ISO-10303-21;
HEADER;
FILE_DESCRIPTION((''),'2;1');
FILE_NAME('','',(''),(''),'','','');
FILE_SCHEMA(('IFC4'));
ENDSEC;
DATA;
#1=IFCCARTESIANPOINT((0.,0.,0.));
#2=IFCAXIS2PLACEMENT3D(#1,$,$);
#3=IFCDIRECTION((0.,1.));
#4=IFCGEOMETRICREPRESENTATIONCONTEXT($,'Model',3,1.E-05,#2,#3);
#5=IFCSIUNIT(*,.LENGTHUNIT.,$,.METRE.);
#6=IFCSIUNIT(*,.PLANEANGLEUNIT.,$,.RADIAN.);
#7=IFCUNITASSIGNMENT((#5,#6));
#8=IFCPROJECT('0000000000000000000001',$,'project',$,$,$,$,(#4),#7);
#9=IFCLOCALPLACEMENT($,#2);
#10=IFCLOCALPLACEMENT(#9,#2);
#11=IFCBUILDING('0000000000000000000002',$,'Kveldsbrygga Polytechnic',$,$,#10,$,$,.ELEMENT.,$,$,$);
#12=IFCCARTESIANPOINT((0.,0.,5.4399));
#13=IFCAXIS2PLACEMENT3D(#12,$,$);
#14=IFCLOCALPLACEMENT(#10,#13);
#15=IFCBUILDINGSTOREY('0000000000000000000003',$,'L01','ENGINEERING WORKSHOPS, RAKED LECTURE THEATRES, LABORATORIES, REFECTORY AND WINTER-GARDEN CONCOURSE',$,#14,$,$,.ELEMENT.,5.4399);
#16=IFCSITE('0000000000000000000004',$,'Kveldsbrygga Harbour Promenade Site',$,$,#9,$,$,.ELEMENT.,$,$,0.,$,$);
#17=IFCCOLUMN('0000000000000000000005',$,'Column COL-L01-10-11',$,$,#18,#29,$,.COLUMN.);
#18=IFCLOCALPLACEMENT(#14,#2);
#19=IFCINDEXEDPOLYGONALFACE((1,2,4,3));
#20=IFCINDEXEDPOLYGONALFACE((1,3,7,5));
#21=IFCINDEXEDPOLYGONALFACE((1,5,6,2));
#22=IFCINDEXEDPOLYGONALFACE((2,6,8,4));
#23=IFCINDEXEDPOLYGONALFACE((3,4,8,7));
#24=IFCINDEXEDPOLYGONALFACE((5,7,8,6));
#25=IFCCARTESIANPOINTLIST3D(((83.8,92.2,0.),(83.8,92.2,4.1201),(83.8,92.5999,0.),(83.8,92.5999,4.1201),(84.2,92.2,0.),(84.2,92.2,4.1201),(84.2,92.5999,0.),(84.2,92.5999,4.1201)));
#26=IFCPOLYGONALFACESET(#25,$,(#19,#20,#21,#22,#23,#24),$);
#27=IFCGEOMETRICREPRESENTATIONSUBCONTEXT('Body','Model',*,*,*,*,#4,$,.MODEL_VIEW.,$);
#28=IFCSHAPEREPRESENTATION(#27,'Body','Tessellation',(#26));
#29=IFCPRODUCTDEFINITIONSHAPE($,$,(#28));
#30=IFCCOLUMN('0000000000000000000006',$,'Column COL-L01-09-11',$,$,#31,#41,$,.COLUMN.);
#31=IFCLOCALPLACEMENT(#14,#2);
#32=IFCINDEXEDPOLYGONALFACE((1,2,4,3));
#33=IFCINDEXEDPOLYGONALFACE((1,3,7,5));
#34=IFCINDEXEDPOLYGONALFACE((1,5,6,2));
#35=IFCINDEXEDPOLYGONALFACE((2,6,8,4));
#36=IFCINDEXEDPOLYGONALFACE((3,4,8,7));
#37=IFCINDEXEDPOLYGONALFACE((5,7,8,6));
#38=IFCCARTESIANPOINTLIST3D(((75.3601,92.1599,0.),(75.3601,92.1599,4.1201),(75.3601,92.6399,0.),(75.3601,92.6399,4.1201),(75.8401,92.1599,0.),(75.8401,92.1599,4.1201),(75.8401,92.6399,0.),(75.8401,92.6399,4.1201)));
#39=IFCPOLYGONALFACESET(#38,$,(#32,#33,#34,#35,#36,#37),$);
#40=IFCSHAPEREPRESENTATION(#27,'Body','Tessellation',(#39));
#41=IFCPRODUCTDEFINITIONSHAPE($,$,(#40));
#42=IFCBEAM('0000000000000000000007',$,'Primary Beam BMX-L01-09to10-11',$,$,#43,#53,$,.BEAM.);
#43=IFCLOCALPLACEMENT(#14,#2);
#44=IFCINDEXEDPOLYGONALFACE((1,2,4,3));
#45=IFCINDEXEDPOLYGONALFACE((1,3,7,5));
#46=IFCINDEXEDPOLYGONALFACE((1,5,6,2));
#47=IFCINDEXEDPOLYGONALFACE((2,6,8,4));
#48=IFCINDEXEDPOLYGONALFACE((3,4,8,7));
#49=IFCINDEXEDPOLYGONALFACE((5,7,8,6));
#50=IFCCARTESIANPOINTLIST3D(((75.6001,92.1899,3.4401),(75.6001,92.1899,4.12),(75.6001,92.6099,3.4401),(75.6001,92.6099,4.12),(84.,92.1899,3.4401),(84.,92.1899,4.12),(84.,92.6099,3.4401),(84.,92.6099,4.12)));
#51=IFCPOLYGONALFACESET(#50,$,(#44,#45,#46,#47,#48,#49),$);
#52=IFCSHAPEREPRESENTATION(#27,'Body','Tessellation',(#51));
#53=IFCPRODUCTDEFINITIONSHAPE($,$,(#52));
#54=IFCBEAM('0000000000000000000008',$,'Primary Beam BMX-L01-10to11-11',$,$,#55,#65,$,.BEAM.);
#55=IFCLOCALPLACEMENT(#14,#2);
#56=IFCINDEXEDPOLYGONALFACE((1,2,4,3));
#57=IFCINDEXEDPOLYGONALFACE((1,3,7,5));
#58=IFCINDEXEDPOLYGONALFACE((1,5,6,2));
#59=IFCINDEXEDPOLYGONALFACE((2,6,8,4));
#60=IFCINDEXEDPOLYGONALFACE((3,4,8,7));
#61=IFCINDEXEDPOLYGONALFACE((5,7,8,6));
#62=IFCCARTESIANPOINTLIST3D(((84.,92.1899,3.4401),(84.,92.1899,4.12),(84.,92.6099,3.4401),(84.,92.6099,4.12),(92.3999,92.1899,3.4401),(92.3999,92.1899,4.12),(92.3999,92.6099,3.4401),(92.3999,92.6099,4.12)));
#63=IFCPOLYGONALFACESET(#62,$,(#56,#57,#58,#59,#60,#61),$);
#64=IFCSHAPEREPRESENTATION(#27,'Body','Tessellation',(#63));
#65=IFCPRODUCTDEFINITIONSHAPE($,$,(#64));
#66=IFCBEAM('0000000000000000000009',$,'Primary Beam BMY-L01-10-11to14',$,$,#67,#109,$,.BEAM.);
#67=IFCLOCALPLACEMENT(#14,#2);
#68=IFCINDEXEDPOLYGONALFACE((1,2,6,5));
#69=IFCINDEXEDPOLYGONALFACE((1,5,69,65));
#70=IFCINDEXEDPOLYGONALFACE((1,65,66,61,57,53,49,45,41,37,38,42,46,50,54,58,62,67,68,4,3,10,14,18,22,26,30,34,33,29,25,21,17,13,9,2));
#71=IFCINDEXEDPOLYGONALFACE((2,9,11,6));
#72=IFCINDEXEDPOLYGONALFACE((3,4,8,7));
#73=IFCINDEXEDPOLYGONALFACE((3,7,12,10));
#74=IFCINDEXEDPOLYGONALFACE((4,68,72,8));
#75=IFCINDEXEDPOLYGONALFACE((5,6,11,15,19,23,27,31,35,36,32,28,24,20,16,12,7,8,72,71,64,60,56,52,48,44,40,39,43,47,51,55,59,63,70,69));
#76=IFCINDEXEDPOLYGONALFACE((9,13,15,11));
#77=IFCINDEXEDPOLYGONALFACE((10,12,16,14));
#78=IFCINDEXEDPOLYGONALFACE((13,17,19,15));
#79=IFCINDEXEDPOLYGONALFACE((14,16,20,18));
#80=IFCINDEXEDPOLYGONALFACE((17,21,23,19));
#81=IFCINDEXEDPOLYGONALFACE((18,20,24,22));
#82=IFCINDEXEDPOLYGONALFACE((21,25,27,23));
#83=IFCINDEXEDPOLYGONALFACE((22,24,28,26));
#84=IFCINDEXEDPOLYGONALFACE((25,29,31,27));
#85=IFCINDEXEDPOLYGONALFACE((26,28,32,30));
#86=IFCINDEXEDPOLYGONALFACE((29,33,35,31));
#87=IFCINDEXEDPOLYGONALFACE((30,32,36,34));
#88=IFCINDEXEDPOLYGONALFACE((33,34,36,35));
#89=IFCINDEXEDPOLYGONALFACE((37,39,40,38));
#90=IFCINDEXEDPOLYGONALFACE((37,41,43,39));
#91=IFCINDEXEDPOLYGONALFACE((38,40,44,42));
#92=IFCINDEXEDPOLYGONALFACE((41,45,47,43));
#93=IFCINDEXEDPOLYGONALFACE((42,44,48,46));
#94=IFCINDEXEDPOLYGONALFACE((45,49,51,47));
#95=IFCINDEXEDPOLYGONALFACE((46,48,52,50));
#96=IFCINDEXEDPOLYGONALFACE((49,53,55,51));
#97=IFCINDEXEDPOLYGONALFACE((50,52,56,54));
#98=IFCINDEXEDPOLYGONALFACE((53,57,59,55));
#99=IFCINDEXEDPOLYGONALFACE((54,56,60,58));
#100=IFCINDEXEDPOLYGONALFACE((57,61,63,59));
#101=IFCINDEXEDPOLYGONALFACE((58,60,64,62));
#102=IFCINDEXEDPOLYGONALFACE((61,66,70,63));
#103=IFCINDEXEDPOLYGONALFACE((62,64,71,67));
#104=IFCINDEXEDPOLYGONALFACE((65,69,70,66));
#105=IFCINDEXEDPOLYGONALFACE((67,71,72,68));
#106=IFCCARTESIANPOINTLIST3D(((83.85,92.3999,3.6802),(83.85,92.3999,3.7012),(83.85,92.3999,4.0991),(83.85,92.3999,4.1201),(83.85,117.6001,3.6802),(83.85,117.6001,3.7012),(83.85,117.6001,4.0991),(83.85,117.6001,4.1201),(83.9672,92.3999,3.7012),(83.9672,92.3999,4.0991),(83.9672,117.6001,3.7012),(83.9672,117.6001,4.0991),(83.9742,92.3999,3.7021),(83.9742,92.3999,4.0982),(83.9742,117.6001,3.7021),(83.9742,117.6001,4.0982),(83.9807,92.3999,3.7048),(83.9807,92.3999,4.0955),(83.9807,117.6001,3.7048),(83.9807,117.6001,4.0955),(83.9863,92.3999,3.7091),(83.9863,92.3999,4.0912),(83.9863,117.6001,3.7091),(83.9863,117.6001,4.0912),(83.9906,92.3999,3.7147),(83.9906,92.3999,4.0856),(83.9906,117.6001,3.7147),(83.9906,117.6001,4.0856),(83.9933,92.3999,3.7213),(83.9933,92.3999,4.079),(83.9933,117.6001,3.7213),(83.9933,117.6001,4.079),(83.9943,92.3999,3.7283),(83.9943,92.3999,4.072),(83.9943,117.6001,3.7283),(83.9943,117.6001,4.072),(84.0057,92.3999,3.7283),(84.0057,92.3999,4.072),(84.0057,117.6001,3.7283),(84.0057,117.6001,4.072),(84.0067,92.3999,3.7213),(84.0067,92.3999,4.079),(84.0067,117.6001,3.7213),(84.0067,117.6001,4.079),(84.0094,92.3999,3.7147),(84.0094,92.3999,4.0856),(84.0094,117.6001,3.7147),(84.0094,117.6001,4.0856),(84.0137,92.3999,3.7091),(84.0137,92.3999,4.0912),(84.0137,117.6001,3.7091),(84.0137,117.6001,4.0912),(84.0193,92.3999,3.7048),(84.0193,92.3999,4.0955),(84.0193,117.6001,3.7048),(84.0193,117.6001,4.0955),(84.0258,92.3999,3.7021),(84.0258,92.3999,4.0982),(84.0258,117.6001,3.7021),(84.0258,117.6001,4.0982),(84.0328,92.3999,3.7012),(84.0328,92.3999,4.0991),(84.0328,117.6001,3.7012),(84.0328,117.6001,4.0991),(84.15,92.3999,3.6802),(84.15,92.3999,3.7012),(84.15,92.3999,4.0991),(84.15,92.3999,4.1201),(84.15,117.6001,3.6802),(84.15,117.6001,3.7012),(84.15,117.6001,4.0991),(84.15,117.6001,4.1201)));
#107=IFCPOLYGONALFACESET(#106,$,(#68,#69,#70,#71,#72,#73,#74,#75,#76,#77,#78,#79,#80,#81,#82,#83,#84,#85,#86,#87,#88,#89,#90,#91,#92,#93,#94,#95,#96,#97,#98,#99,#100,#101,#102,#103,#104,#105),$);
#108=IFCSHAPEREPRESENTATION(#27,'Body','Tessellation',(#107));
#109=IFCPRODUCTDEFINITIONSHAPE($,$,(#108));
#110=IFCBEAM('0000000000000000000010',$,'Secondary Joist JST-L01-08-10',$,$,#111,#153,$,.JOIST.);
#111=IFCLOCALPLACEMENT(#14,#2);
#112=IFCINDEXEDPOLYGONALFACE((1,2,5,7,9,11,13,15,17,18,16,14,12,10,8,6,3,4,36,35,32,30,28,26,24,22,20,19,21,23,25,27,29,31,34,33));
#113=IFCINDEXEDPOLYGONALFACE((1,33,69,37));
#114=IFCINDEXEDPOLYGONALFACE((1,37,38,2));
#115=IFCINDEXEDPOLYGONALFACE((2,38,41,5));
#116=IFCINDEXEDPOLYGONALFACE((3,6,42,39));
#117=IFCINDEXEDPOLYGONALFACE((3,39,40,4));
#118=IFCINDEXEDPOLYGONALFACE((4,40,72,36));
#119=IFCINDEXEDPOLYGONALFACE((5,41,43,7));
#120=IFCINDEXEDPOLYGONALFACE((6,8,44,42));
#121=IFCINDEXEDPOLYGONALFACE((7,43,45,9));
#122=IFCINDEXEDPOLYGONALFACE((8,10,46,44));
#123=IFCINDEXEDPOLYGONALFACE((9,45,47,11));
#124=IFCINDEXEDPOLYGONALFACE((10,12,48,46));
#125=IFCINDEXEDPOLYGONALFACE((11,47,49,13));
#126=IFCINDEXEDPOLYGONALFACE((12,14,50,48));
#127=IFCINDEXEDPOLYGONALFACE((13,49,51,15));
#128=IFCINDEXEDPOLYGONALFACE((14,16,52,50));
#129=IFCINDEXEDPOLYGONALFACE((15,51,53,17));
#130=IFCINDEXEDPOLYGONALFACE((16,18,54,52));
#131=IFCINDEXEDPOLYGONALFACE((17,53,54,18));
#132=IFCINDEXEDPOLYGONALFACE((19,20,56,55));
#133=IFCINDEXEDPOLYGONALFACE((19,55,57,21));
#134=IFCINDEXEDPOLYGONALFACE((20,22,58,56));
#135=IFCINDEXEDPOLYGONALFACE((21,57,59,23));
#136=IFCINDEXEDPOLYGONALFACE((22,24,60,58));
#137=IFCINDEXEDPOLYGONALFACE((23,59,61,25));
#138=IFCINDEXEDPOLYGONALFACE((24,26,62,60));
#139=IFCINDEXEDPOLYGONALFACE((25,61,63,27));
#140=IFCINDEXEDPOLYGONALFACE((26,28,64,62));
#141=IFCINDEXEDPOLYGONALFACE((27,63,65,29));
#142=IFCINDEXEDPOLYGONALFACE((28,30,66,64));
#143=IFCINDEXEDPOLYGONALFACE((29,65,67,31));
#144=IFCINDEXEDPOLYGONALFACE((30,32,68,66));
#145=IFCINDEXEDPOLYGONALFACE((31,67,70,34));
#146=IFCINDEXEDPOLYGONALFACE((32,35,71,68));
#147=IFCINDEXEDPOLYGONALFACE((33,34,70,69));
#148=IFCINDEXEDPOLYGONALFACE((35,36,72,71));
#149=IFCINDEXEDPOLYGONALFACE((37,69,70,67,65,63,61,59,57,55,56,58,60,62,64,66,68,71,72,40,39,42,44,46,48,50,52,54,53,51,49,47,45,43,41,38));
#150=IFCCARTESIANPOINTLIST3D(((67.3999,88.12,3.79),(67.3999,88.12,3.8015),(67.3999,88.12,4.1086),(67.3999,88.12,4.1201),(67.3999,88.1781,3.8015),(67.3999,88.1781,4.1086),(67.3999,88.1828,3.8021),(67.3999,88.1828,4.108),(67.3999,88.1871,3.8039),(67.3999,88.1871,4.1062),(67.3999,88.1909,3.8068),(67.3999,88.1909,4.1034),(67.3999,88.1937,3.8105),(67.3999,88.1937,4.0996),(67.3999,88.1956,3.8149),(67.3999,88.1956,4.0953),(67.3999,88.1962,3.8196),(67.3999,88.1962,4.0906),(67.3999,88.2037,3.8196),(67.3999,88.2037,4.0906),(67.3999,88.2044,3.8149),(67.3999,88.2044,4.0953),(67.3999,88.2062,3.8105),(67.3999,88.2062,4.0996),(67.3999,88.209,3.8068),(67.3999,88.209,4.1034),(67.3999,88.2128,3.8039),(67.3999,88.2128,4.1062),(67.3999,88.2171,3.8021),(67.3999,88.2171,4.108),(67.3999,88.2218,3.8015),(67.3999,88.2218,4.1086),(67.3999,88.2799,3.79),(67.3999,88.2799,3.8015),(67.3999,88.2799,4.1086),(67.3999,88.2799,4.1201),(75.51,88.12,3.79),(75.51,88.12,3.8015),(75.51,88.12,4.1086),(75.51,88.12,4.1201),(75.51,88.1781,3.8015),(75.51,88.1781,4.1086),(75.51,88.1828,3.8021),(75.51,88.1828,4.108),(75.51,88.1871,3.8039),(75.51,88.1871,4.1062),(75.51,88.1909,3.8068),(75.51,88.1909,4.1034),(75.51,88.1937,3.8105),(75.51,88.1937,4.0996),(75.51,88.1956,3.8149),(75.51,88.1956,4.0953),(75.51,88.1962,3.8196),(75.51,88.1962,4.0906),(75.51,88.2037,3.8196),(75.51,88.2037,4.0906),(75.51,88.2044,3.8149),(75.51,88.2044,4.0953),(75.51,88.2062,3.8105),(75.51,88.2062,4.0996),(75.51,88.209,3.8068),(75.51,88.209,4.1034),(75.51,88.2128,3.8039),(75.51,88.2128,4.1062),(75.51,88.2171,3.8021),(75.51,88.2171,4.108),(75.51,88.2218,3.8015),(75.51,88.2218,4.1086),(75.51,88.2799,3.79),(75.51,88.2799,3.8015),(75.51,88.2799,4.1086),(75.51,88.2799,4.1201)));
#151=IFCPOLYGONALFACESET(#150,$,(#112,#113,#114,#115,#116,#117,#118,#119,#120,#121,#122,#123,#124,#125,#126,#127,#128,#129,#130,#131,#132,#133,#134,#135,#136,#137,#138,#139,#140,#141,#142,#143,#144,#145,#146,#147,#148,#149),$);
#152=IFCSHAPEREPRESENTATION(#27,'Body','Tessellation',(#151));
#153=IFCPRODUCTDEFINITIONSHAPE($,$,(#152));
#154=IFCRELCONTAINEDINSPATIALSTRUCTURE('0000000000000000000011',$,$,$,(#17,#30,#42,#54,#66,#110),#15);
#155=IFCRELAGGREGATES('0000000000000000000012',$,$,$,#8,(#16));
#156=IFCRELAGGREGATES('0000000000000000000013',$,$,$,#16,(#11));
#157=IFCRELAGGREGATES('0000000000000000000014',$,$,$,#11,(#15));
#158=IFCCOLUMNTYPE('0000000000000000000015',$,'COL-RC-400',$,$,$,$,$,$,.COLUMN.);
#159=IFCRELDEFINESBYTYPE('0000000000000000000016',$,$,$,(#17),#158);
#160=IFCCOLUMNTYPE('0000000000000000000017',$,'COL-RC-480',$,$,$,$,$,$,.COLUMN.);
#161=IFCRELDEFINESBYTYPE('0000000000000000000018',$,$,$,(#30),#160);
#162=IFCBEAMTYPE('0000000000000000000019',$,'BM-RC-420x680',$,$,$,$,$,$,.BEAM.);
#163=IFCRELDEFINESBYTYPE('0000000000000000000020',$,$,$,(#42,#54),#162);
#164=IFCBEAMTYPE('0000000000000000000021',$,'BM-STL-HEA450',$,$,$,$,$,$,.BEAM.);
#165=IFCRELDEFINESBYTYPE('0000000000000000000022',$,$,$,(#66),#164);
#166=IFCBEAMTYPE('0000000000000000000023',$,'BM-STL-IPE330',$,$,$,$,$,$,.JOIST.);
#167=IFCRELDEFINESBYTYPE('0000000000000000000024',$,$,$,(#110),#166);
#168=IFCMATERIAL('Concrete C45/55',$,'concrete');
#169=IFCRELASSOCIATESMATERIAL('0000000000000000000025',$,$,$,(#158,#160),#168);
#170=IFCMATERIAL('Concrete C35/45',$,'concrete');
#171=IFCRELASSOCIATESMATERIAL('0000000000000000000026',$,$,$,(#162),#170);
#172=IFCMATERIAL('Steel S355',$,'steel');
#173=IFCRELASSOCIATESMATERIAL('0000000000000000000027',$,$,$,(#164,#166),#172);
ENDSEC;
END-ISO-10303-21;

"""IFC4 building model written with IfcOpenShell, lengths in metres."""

from ifc_helpers import new_model, si_unit, direction, frame, origin, origin_2d, place, context, subcontext, project, spatial, rectangle, i_section, extrude, material, material_profile, profile_set, type_object, element, save


model = new_model("IFC4")

# Units and contexts
model_context = context("Model", 3, precision=1e-05, world=origin(), true_north=direction((0.0, 1.0)))
body_context = subcontext(model_context, "Body", "Model", "MODEL_VIEW")
ifc_project = project(units=[si_unit("LENGTHUNIT", "METRE"), si_unit("PLANEANGLEUNIT", "RADIAN")], contexts=[model_context])

# Site, building, storey
site_placement = place(None, origin())
site = spatial("IfcSite", under=ifc_project, at=site_placement, Name="Kveldsbrygga Harbour Promenade Site", CompositionType="ELEMENT", RefElevation=0.0)
building_placement = place(site_placement, origin())
building = spatial("IfcBuilding", under=site, at=building_placement, Name="Kveldsbrygga Polytechnic", CompositionType="ELEMENT")
storey_placement = place(building_placement, frame((0.0, 0.0, 5.4399)))
storey = spatial("IfcBuildingStorey", under=building, at=storey_placement, Name="L01", Description="ENGINEERING WORKSHOPS, RAKED LECTURE THEATRES, LABORATORIES, REFECTORY AND WINTER-GARDEN CONCOURSE", CompositionType="ELEMENT", Elevation=5.4399)

# Columns
ifc_material_1 = material(Name="Concrete C45/55", Category="concrete")
ifc_material_profile_1 = material_profile(ifc_material_1, rectangle(XDim=0.3999, YDim=0.3999, at=origin_2d()), Name="RC 400x400")
ifc_profile_set_1 = profile_set([ifc_material_profile_1], Name="Concrete C45/55")
column_type_1 = type_object("IfcColumnType", Name="COL-RC-400", PredefinedType="COLUMN", material=ifc_profile_set_1)
column_1_placement = place(storey_placement, frame((84.0, 92.3999, 0.0), z_axis=(0.0, 0.0, 1.0), x_axis=(1.0, 0.0, 0.0)))
element("IfcColumn", 1, at=column_1_placement, inside=storey, type_object=column_type_1, Name="Column COL-L01-10-11", PredefinedType="COLUMN", context=body_context, shape_type="SweptSolid", body=[
    extrude(rectangle(XDim=0.3999, YDim=0.3999, at=origin_2d()), origin(), (0.0, 0.0, 1.0), 4.1201),
])
ifc_material_profile_2 = material_profile(ifc_material_1, rectangle(XDim=0.48, YDim=0.48, at=origin_2d()), Name="RC 480x480")
ifc_profile_set_2 = profile_set([ifc_material_profile_2], Name="Concrete C45/55")
column_type_2 = type_object("IfcColumnType", Name="COL-RC-480", PredefinedType="COLUMN", material=ifc_profile_set_2)
column_2_placement = place(storey_placement, frame((75.6001, 92.3999, 0.0), z_axis=(0.0, 0.0, 1.0), x_axis=(1.0, 0.0, 0.0)))
element("IfcColumn", 2, at=column_2_placement, inside=storey, type_object=column_type_2, Name="Column COL-L01-09-11", PredefinedType="COLUMN", context=body_context, shape_type="SweptSolid", body=[
    extrude(rectangle(XDim=0.48, YDim=0.48, at=origin_2d()), origin(), (0.0, 0.0, 1.0), 4.1201),
])

# Beams
ifc_material_2 = material(Name="Concrete C35/45", Category="concrete")
ifc_material_profile_3 = material_profile(ifc_material_2, rectangle(XDim=0.4199, YDim=0.6799, at=origin_2d()), Name="RC 420x680")
ifc_profile_set_3 = profile_set([ifc_material_profile_3], Name="Concrete C35/45")
beam_type_1 = type_object("IfcBeamType", Name="BM-RC-420x680", PredefinedType="BEAM", material=ifc_profile_set_3)
for number, where, z_axis, x_axis, name in (
    (3, (75.6001, 92.3999, 3.78), (1.0, 0.0, 0.0), (0.0, 1.0, 0.0), "Primary Beam BMX-L01-09to10-11"),
    (4, (84.0, 92.3999, 3.78), (1.0, 0.0, 0.0), (0.0, 1.0, 0.0), "Primary Beam BMX-L01-10to11-11"),
):
    element("IfcBeam", number, at=place(storey_placement, frame(where, z_axis=z_axis, x_axis=x_axis)), inside=storey, type_object=beam_type_1, Name=name, PredefinedType="BEAM", context=body_context, shape_type="SweptSolid", body=[
        extrude(rectangle(XDim=0.4199, YDim=0.6799, at=origin_2d()), origin(), (0.0, 0.0, 1.0), 8.3999),
    ])
ifc_material_3 = material(Name="Steel S355", Category="steel")
ifc_material_profile_4 = material_profile(ifc_material_3, i_section(OverallWidth=0.3, OverallDepth=0.4399, WebThickness=0.0115, FlangeThickness=0.021, FilletRadius=0.0271, at=origin_2d()), Name="HEA 450")
ifc_profile_set_4 = profile_set([ifc_material_profile_4], Name="Steel S355")
beam_type_2 = type_object("IfcBeamType", Name="BM-STL-HEA450", PredefinedType="BEAM", material=ifc_profile_set_4)
beam_1_placement = place(storey_placement, frame((84.0, 92.3999, 3.9001), z_axis=(0.0, 1.0, 0.0), x_axis=(-1.0, 0.0, 0.0)))
element("IfcBeam", 5, at=beam_1_placement, inside=storey, type_object=beam_type_2, Name="Primary Beam BMY-L01-10-11to14", PredefinedType="BEAM", context=body_context, shape_type="SweptSolid", body=[
    extrude(i_section(OverallWidth=0.3, OverallDepth=0.4399, WebThickness=0.0115, FlangeThickness=0.021, FilletRadius=0.0271, at=origin_2d()), origin(), (0.0, 0.0, 1.0), 25.2002),
])
ifc_material_profile_5 = material_profile(ifc_material_3, i_section(OverallWidth=0.1599, OverallDepth=0.3301, WebThickness=0.0076, FlangeThickness=0.0115, FilletRadius=0.0181, at=origin_2d()), Name="IPE 330")
ifc_profile_set_5 = profile_set([ifc_material_profile_5], Name="Steel S355")
beam_type_3 = type_object("IfcBeamType", Name="BM-STL-IPE330", PredefinedType="JOIST", material=ifc_profile_set_5)
beam_2_placement = place(storey_placement, frame((67.3999, 88.2, 3.9551), z_axis=(1.0, 0.0, 0.0), x_axis=(0.0, 1.0, 0.0)))
element("IfcBeam", 6, at=beam_2_placement, inside=storey, type_object=beam_type_3, Name="Secondary Joist JST-L01-08-10", PredefinedType="JOIST", context=body_context, shape_type="SweptSolid", body=[
    extrude(i_section(OverallWidth=0.1599, OverallDepth=0.3301, WebThickness=0.0076, FlangeThickness=0.0115, FilletRadius=0.0181, at=origin_2d()), origin(), (0.0, 0.0, 1.0), 8.1101),
])

save(model, "model.ifc")
